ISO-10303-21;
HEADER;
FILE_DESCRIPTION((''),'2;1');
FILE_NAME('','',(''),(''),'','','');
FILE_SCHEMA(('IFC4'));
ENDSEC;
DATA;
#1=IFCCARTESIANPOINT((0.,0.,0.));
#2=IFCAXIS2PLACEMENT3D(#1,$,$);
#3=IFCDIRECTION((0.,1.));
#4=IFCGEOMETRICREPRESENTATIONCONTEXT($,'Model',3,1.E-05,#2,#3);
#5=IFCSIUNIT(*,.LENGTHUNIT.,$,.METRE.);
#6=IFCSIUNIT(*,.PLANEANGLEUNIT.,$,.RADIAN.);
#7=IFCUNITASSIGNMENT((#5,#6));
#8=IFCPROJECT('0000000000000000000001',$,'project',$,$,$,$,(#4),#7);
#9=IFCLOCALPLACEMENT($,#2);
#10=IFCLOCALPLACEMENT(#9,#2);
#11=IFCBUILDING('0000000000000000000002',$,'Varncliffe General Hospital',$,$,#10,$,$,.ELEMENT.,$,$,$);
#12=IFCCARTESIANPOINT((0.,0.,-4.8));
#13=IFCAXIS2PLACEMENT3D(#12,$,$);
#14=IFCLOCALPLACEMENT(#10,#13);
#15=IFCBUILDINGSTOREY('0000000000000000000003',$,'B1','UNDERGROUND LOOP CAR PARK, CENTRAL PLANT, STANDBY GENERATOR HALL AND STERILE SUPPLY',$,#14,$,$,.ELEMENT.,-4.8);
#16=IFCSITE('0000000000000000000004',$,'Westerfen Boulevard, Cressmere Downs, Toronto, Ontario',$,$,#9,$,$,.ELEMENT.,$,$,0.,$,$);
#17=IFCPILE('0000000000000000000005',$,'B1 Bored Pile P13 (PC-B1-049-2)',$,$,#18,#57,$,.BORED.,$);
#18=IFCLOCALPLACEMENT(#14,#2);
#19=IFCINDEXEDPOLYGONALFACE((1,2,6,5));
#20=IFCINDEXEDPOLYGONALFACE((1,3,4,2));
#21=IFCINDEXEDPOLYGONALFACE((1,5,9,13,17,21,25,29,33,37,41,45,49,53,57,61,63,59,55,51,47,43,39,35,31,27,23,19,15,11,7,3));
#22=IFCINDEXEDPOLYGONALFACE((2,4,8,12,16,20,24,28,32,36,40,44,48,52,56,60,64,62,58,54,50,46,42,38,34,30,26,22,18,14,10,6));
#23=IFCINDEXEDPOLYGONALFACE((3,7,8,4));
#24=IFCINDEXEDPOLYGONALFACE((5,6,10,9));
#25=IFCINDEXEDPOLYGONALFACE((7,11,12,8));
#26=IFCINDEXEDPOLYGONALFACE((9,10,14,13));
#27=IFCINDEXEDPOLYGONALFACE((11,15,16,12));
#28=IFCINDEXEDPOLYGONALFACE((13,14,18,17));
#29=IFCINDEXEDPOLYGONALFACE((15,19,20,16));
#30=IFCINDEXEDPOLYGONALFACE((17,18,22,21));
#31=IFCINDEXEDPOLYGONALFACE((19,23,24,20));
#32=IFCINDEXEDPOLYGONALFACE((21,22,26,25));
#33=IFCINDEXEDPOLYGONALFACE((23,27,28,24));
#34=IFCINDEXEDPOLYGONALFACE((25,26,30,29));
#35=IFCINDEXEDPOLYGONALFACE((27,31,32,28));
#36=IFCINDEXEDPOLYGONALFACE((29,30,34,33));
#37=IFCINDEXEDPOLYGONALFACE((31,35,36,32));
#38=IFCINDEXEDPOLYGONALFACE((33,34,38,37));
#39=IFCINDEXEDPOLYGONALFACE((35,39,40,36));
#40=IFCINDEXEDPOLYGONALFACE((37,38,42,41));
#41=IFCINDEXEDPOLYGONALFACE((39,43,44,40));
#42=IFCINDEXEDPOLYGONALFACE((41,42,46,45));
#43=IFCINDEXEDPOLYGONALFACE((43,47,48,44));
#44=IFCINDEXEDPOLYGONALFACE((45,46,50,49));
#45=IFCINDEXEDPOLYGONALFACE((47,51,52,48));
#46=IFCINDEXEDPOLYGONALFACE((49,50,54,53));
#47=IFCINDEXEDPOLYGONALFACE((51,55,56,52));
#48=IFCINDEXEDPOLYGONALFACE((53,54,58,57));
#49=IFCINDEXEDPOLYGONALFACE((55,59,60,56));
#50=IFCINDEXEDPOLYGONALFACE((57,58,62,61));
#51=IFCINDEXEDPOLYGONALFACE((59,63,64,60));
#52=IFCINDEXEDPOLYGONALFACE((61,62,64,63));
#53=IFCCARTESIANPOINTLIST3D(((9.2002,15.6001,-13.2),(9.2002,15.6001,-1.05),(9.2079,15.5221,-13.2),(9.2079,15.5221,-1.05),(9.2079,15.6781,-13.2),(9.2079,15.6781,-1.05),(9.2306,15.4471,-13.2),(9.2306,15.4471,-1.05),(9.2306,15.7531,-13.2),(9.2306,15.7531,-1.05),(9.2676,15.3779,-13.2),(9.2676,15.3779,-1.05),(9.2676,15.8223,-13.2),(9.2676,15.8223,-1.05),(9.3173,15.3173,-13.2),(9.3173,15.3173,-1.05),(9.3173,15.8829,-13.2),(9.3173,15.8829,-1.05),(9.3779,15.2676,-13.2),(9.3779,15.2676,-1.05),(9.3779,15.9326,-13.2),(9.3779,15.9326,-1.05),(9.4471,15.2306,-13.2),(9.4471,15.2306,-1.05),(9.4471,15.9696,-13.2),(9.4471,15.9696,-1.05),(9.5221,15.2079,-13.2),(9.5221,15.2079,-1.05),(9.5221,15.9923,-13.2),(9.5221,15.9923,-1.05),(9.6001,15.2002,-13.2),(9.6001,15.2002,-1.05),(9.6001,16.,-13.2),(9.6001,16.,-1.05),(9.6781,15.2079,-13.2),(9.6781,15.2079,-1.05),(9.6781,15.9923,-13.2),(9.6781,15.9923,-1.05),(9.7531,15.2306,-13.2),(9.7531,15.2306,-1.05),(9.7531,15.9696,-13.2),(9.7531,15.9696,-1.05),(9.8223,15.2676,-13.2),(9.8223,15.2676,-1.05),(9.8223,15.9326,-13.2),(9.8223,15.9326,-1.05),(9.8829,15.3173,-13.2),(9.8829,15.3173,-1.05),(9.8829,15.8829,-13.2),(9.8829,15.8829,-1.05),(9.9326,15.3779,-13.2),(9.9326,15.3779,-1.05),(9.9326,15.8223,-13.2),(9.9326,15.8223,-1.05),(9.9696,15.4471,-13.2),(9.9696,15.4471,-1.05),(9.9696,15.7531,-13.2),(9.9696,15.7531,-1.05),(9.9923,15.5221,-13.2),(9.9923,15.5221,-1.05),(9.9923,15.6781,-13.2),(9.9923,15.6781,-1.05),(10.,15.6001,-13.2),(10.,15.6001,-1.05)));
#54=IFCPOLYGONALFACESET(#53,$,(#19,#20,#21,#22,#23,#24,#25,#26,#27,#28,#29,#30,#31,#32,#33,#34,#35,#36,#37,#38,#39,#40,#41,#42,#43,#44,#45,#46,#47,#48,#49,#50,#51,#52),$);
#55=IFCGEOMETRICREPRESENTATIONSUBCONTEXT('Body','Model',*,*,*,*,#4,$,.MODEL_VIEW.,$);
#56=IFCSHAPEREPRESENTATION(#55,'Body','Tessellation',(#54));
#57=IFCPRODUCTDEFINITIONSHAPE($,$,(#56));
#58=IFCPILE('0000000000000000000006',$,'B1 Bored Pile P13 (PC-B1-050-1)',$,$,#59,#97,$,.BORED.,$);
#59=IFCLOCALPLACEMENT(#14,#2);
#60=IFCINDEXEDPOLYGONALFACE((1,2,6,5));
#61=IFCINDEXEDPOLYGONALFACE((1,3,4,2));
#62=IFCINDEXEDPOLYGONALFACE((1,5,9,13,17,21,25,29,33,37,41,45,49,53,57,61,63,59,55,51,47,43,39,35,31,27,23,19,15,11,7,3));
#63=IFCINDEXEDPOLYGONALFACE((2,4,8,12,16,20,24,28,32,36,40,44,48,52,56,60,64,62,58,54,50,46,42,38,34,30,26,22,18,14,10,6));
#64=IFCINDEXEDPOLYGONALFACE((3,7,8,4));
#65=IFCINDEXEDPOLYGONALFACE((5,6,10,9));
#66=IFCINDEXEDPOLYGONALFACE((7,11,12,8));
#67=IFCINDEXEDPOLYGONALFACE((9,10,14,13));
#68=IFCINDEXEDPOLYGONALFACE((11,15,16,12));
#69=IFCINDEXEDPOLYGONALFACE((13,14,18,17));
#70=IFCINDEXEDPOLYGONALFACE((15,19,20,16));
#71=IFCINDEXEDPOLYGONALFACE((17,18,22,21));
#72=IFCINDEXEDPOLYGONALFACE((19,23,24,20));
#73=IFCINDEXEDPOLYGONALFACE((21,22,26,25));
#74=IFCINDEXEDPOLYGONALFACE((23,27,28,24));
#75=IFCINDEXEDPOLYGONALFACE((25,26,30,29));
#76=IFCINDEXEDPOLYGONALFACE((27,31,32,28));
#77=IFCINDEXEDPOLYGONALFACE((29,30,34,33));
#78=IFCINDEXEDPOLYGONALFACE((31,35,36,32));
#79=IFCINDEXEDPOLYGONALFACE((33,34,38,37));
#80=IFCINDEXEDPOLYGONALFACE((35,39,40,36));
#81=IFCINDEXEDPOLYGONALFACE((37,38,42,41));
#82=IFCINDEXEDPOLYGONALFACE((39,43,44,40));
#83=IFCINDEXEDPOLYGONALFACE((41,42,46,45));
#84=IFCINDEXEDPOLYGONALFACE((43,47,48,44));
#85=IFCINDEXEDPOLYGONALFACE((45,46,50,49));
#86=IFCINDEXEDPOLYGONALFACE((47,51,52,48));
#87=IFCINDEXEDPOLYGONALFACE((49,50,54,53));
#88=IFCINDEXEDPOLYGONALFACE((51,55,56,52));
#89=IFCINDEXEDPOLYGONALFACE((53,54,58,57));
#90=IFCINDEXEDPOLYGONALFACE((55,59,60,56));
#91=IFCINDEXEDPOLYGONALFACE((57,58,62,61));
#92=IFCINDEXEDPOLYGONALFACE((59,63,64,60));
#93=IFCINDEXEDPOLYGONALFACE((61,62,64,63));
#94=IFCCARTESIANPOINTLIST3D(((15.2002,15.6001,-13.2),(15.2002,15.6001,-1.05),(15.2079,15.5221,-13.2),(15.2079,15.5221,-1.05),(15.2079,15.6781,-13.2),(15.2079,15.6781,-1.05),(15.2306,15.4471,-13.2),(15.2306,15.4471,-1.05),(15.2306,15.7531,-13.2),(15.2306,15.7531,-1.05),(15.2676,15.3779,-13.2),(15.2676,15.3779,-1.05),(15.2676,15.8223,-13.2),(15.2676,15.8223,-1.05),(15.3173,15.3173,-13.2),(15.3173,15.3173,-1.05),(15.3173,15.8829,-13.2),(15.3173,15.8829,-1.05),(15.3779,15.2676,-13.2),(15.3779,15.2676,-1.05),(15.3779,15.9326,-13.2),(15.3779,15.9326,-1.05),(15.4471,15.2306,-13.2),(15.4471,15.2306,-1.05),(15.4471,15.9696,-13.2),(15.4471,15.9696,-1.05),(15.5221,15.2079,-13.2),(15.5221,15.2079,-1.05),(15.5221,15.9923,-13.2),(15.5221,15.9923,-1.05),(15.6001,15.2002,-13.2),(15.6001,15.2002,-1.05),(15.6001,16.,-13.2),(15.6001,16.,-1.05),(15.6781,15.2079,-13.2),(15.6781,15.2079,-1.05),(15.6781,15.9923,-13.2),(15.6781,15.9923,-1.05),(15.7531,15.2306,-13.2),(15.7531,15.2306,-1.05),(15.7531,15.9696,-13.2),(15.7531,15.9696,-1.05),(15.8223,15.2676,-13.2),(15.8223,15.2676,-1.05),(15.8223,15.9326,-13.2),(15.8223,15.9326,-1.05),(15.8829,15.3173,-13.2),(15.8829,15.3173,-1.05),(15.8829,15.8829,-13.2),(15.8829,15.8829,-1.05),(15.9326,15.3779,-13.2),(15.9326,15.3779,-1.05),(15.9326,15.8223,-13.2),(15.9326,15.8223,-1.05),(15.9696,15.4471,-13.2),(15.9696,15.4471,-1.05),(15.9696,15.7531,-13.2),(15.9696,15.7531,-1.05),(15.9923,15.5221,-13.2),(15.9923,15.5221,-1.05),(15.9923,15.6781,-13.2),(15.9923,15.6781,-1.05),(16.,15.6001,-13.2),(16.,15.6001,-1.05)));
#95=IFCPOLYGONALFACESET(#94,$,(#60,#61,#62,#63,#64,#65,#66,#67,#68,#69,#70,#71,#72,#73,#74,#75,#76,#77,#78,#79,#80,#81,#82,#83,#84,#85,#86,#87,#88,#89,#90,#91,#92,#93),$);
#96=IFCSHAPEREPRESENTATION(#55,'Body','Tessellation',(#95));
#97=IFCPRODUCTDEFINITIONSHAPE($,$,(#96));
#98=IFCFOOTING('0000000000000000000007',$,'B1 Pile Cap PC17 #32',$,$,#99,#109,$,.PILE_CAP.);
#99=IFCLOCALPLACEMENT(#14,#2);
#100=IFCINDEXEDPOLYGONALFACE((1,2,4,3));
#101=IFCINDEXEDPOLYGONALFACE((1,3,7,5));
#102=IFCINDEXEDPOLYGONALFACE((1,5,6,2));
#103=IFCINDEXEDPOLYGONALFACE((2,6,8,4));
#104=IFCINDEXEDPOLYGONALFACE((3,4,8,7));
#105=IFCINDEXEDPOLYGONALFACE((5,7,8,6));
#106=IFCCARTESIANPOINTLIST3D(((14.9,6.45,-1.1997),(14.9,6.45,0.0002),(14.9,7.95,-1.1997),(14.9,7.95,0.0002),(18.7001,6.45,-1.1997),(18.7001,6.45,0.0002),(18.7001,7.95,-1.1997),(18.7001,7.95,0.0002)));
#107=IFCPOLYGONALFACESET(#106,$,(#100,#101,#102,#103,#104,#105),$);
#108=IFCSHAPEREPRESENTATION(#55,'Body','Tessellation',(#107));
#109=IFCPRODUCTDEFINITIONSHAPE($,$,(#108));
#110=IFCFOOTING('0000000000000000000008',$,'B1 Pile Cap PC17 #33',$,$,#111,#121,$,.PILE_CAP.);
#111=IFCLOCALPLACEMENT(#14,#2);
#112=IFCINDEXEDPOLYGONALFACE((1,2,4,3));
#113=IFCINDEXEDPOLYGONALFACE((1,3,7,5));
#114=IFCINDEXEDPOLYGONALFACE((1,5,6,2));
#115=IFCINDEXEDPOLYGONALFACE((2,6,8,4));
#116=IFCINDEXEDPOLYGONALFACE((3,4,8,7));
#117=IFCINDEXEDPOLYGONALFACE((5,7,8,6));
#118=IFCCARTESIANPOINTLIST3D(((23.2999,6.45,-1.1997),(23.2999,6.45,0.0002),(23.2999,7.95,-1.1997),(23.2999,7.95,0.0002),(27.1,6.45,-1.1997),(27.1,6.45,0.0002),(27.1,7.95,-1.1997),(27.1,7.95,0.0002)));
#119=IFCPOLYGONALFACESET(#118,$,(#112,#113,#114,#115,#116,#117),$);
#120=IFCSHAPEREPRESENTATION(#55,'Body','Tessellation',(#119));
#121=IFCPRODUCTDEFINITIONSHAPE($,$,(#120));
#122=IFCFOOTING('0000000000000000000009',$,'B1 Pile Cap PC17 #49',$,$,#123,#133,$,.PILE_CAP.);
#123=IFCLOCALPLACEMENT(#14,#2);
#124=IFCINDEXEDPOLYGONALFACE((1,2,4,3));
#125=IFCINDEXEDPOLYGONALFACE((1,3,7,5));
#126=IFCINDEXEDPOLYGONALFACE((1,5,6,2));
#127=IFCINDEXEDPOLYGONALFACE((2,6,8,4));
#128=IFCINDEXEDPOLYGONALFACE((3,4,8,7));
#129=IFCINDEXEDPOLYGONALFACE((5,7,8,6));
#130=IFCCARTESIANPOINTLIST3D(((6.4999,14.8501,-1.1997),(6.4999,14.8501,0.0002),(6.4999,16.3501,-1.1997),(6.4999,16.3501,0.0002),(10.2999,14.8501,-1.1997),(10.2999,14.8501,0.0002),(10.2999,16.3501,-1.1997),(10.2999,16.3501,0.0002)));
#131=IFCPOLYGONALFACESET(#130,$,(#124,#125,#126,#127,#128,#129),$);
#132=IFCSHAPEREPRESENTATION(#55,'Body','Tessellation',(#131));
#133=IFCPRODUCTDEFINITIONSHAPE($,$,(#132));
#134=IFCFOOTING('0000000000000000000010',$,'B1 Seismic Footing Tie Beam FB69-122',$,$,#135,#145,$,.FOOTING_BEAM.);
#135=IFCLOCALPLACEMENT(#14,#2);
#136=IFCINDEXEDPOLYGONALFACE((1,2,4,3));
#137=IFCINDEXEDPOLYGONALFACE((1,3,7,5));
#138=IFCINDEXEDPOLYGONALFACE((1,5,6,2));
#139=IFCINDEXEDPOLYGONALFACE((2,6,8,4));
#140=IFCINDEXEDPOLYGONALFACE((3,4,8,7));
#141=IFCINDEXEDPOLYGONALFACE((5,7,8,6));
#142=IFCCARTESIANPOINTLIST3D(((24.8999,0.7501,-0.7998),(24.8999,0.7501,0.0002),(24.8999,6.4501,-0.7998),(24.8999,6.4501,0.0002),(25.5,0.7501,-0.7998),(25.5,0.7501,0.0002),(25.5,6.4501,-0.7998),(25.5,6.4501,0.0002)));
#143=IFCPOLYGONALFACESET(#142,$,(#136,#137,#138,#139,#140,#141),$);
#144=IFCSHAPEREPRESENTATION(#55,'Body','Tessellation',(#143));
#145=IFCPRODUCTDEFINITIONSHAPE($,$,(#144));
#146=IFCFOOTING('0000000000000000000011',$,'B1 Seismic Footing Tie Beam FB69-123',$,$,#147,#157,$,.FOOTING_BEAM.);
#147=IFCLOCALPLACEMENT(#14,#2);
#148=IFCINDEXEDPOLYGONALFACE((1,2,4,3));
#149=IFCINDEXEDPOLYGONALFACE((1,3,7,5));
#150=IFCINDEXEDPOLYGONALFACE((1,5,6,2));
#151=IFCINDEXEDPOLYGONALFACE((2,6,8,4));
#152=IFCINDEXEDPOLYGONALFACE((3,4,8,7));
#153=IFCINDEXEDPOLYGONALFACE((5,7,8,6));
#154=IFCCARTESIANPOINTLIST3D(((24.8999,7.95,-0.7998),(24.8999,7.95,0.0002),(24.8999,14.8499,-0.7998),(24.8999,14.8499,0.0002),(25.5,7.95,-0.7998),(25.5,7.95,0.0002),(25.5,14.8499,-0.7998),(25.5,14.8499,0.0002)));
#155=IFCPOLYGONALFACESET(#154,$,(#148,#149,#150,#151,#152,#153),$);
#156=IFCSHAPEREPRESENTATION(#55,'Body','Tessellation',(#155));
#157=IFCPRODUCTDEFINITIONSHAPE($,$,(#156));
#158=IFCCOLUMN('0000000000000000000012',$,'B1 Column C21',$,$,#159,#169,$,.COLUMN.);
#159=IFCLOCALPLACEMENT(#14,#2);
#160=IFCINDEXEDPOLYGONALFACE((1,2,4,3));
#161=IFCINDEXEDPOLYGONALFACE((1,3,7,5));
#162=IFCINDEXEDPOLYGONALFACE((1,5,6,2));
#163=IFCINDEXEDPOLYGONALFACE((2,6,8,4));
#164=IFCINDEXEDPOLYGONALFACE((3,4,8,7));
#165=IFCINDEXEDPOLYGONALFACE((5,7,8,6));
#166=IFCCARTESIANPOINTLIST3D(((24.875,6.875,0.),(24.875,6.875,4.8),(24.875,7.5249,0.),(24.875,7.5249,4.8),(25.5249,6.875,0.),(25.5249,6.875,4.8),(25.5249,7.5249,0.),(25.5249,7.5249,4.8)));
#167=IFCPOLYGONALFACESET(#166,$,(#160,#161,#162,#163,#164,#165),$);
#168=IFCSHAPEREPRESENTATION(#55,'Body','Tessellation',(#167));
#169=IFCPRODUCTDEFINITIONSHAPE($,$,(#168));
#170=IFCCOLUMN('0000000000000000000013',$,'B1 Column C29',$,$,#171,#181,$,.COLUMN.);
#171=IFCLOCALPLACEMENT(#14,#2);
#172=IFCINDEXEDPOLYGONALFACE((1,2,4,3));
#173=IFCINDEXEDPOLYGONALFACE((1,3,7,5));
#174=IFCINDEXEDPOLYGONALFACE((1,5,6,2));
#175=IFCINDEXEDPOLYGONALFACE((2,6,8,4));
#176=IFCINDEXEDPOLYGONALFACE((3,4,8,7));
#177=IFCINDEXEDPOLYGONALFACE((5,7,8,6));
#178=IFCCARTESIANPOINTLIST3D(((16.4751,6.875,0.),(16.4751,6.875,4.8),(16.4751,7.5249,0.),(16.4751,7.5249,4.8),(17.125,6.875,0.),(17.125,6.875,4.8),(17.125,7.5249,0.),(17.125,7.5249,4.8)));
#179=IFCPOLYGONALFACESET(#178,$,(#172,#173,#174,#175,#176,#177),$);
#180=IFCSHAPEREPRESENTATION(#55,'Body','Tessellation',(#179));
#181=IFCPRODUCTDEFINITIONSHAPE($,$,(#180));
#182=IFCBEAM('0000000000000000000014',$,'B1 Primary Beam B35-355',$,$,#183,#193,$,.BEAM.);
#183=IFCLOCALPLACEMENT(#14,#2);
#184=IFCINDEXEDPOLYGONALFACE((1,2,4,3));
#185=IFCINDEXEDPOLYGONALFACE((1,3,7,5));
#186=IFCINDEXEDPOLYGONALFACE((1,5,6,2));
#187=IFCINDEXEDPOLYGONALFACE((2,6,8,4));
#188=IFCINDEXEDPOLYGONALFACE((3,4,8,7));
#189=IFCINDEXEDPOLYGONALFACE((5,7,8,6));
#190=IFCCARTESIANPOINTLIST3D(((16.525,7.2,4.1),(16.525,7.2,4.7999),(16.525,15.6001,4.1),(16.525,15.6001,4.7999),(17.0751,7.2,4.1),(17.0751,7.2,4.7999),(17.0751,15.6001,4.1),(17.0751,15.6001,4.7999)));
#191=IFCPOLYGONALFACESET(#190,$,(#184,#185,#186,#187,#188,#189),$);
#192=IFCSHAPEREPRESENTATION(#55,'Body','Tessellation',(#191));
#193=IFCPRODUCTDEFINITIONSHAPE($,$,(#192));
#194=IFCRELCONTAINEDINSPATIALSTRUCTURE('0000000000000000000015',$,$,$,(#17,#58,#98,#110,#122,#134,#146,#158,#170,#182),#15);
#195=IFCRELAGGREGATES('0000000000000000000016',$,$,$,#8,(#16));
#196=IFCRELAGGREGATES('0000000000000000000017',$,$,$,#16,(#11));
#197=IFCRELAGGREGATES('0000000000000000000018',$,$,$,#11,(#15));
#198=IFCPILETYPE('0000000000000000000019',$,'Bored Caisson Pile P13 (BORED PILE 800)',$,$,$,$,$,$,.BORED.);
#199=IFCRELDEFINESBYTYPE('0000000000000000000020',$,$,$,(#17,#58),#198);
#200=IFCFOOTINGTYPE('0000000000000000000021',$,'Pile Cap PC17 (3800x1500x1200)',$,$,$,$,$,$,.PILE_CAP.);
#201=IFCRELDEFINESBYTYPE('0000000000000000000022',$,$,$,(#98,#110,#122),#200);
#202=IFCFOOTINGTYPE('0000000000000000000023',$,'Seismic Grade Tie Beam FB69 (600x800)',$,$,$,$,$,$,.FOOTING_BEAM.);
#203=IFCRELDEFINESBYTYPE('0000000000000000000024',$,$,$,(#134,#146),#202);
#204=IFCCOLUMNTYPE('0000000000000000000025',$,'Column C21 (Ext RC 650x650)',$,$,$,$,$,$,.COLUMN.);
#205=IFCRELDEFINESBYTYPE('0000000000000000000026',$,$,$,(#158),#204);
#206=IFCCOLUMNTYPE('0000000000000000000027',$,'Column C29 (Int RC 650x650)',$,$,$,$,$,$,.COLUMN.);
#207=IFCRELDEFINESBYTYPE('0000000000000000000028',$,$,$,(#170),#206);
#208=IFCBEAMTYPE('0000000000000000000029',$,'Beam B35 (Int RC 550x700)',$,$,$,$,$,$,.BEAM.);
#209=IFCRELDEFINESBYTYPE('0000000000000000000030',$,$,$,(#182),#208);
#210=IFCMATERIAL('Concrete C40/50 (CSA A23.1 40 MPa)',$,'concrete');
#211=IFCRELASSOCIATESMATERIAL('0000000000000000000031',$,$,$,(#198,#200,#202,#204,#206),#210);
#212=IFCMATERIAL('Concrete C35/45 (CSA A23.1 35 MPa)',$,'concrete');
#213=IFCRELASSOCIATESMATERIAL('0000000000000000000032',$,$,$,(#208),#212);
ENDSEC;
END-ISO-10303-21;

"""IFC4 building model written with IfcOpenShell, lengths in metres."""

from ifc_helpers import new_model, si_unit, direction, frame, origin, origin_2d, place, context, subcontext, project, spatial, rectangle, circle, extrude, material, material_profile, profile_set, type_object, element, save


model = new_model("IFC4")

# Units and contexts
model_context = context("Model", 3, precision=1e-05, world=origin(), true_north=direction((0.0, 1.0)))
body_context = subcontext(model_context, "Body", "Model", "MODEL_VIEW")
ifc_project = project(units=[si_unit("LENGTHUNIT", "METRE"), si_unit("PLANEANGLEUNIT", "RADIAN")], contexts=[model_context])

# Site, building, storey
site_placement = place(None, origin())
site = spatial("IfcSite", under=ifc_project, at=site_placement, Name="Westerfen Boulevard, Cressmere Downs, Toronto, Ontario", CompositionType="ELEMENT", RefElevation=0.0)
building_placement = place(site_placement, origin())
building = spatial("IfcBuilding", under=site, at=building_placement, Name="Varncliffe General Hospital", CompositionType="ELEMENT")
storey_placement = place(building_placement, frame((0.0, 0.0, -4.8)))
storey = spatial("IfcBuildingStorey", under=building, at=storey_placement, Name="B1", Description="UNDERGROUND LOOP CAR PARK, CENTRAL PLANT, STANDBY GENERATOR HALL AND STERILE SUPPLY", CompositionType="ELEMENT", Elevation=-4.8)

# Piles
ifc_material_1 = material(Name="Concrete C40/50 (CSA A23.1 40 MPa)", Category="concrete")
ifc_material_profile_1 = material_profile(ifc_material_1, circle(Radius=0.3999, at=origin_2d()), Name="BORED PILE 800")
ifc_profile_set_1 = profile_set([ifc_material_profile_1], Name="Concrete C40/50 (CSA A23.1 40 MPa)")
pile_type = type_object("IfcPileType", Name="Bored Caisson Pile P13 (BORED PILE 800)", PredefinedType="BORED", material=ifc_profile_set_1)
for number, where, z_axis, x_axis, name in (
    (1, (9.6001, 15.6001, -1.05), (0.0, 0.0, -1.0), (1.0, 0.0, 0.0), "B1 Bored Pile P13 (PC-B1-049-2)"),
    (2, (15.6001, 15.6001, -1.05), (0.0, 0.0, -1.0), (1.0, 0.0, 0.0), "B1 Bored Pile P13 (PC-B1-050-1)"),
):
    element("IfcPile", number, at=place(storey_placement, frame(where, z_axis=z_axis, x_axis=x_axis)), inside=storey, type_object=pile_type, Name=name, PredefinedType="BORED", context=body_context, shape_type="SweptSolid", body=[
        extrude(circle(Radius=0.3999, at=origin_2d()), origin(), (0.0, 0.0, 1.0), 12.1499),
    ])

# Footings
footing_type_1 = type_object("IfcFootingType", Name="Pile Cap PC17 (3800x1500x1200)", PredefinedType="PILE_CAP", material=ifc_material_1)
for number, where, z_axis, x_axis, name in (
    (3, (16.8, 7.2, -1.1997), (0.0, 0.0, 1.0), (1.0, 0.0, 0.0), "B1 Pile Cap PC17 #32"),
    (4, (25.2, 7.2, -1.1997), (0.0, 0.0, 1.0), (1.0, 0.0, 0.0), "B1 Pile Cap PC17 #33"),
    (5, (8.3999, 15.6001, -1.1997), (0.0, 0.0, 1.0), (1.0, 0.0, 0.0), "B1 Pile Cap PC17 #49"),
):
    element("IfcFooting", number, at=place(storey_placement, frame(where, z_axis=z_axis, x_axis=x_axis)), inside=storey, type_object=footing_type_1, Name=name, PredefinedType="PILE_CAP", context=body_context, shape_type="SweptSolid", body=[
        extrude(rectangle(XDim=3.8, YDim=1.5, at=origin_2d()), origin(), (0.0, 0.0, 1.0), 1.2),
    ])
footing_type_2 = type_object("IfcFootingType", Name="Seismic Grade Tie Beam FB69 (600x800)", PredefinedType="FOOTING_BEAM", material=ifc_material_1)
footing_1_placement = place(storey_placement, frame((25.2, 3.6001, -0.7998), z_axis=(0.0, 0.0, 1.0), x_axis=(1.0, 0.0, 0.0)))
element("IfcFooting", 6, at=footing_1_placement, inside=storey, type_object=footing_type_2, Name="B1 Seismic Footing Tie Beam FB69-122", PredefinedType="FOOTING_BEAM", context=body_context, shape_type="SweptSolid", body=[
    extrude(rectangle(XDim=0.6001, YDim=5.7, at=origin_2d()), origin(), (0.0, 0.0, 1.0), 0.8),
])
footing_2_placement = place(storey_placement, frame((25.2, 11.3999, -0.7998), z_axis=(0.0, 0.0, 1.0), x_axis=(1.0, 0.0, 0.0)))
element("IfcFooting", 7, at=footing_2_placement, inside=storey, type_object=footing_type_2, Name="B1 Seismic Footing Tie Beam FB69-123", PredefinedType="FOOTING_BEAM", context=body_context, shape_type="SweptSolid", body=[
    extrude(rectangle(XDim=0.6001, YDim=6.8999, at=origin_2d()), origin(), (0.0, 0.0, 1.0), 0.8),
])

# Columns
ifc_material_profile_2 = material_profile(ifc_material_1, rectangle(XDim=0.6499, YDim=0.6499, at=origin_2d()), Name="RC 650x650")
ifc_profile_set_2 = profile_set([ifc_material_profile_2], Name="Concrete C40/50 (CSA A23.1 40 MPa)")
column_type_1 = type_object("IfcColumnType", Name="Column C21 (Ext RC 650x650)", PredefinedType="COLUMN", material=ifc_profile_set_2)
column_1_placement = place(storey_placement, frame((25.2, 7.2, 0.0), z_axis=(0.0, 0.0, 1.0), x_axis=(1.0, 0.0, 0.0)))
element("IfcColumn", 8, at=column_1_placement, inside=storey, type_object=column_type_1, Name="B1 Column C21", PredefinedType="COLUMN", context=body_context, shape_type="SweptSolid", body=[
    extrude(rectangle(XDim=0.6499, YDim=0.6499, at=origin_2d()), origin(), (0.0, 0.0, 1.0), 4.8),
])
ifc_material_profile_3 = material_profile(ifc_material_1, rectangle(XDim=0.6499, YDim=0.6499, at=origin_2d()), Name="RC 650x650")
ifc_profile_set_3 = profile_set([ifc_material_profile_3], Name="Concrete C40/50 (CSA A23.1 40 MPa)")
column_type_2 = type_object("IfcColumnType", Name="Column C29 (Int RC 650x650)", PredefinedType="COLUMN", material=ifc_profile_set_3)
column_2_placement = place(storey_placement, frame((16.8, 7.2, 0.0), z_axis=(0.0, 0.0, 1.0), x_axis=(1.0, 0.0, 0.0)))
element("IfcColumn", 9, at=column_2_placement, inside=storey, type_object=column_type_2, Name="B1 Column C29", PredefinedType="COLUMN", context=body_context, shape_type="SweptSolid", body=[
    extrude(rectangle(XDim=0.6499, YDim=0.6499, at=origin_2d()), origin(), (0.0, 0.0, 1.0), 4.8),
])

# Beam
ifc_material_2 = material(Name="Concrete C35/45 (CSA A23.1 35 MPa)", Category="concrete")
ifc_material_profile_4 = material_profile(ifc_material_2, rectangle(XDim=0.55, YDim=0.7, at=origin_2d()), Name="RC 550x700")
ifc_profile_set_4 = profile_set([ifc_material_profile_4], Name="Concrete C35/45 (CSA A23.1 35 MPa)")
beam_type_1 = type_object("IfcBeamType", Name="Beam B35 (Int RC 550x700)", PredefinedType="BEAM", material=ifc_profile_set_4)
beam_1_placement = place(storey_placement, frame((16.8, 7.2, 4.45), z_axis=(0.0, 1.0, 0.0), x_axis=(-1.0, 0.0, 0.0)))
element("IfcBeam", 10, at=beam_1_placement, inside=storey, type_object=beam_type_1, Name="B1 Primary Beam B35-355", PredefinedType="BEAM", context=body_context, shape_type="SweptSolid", body=[
    extrude(rectangle(XDim=0.55, YDim=0.7, at=origin_2d()), origin(), (0.0, 0.0, 1.0), 8.4001),
])

save(model, "model.ifc")
